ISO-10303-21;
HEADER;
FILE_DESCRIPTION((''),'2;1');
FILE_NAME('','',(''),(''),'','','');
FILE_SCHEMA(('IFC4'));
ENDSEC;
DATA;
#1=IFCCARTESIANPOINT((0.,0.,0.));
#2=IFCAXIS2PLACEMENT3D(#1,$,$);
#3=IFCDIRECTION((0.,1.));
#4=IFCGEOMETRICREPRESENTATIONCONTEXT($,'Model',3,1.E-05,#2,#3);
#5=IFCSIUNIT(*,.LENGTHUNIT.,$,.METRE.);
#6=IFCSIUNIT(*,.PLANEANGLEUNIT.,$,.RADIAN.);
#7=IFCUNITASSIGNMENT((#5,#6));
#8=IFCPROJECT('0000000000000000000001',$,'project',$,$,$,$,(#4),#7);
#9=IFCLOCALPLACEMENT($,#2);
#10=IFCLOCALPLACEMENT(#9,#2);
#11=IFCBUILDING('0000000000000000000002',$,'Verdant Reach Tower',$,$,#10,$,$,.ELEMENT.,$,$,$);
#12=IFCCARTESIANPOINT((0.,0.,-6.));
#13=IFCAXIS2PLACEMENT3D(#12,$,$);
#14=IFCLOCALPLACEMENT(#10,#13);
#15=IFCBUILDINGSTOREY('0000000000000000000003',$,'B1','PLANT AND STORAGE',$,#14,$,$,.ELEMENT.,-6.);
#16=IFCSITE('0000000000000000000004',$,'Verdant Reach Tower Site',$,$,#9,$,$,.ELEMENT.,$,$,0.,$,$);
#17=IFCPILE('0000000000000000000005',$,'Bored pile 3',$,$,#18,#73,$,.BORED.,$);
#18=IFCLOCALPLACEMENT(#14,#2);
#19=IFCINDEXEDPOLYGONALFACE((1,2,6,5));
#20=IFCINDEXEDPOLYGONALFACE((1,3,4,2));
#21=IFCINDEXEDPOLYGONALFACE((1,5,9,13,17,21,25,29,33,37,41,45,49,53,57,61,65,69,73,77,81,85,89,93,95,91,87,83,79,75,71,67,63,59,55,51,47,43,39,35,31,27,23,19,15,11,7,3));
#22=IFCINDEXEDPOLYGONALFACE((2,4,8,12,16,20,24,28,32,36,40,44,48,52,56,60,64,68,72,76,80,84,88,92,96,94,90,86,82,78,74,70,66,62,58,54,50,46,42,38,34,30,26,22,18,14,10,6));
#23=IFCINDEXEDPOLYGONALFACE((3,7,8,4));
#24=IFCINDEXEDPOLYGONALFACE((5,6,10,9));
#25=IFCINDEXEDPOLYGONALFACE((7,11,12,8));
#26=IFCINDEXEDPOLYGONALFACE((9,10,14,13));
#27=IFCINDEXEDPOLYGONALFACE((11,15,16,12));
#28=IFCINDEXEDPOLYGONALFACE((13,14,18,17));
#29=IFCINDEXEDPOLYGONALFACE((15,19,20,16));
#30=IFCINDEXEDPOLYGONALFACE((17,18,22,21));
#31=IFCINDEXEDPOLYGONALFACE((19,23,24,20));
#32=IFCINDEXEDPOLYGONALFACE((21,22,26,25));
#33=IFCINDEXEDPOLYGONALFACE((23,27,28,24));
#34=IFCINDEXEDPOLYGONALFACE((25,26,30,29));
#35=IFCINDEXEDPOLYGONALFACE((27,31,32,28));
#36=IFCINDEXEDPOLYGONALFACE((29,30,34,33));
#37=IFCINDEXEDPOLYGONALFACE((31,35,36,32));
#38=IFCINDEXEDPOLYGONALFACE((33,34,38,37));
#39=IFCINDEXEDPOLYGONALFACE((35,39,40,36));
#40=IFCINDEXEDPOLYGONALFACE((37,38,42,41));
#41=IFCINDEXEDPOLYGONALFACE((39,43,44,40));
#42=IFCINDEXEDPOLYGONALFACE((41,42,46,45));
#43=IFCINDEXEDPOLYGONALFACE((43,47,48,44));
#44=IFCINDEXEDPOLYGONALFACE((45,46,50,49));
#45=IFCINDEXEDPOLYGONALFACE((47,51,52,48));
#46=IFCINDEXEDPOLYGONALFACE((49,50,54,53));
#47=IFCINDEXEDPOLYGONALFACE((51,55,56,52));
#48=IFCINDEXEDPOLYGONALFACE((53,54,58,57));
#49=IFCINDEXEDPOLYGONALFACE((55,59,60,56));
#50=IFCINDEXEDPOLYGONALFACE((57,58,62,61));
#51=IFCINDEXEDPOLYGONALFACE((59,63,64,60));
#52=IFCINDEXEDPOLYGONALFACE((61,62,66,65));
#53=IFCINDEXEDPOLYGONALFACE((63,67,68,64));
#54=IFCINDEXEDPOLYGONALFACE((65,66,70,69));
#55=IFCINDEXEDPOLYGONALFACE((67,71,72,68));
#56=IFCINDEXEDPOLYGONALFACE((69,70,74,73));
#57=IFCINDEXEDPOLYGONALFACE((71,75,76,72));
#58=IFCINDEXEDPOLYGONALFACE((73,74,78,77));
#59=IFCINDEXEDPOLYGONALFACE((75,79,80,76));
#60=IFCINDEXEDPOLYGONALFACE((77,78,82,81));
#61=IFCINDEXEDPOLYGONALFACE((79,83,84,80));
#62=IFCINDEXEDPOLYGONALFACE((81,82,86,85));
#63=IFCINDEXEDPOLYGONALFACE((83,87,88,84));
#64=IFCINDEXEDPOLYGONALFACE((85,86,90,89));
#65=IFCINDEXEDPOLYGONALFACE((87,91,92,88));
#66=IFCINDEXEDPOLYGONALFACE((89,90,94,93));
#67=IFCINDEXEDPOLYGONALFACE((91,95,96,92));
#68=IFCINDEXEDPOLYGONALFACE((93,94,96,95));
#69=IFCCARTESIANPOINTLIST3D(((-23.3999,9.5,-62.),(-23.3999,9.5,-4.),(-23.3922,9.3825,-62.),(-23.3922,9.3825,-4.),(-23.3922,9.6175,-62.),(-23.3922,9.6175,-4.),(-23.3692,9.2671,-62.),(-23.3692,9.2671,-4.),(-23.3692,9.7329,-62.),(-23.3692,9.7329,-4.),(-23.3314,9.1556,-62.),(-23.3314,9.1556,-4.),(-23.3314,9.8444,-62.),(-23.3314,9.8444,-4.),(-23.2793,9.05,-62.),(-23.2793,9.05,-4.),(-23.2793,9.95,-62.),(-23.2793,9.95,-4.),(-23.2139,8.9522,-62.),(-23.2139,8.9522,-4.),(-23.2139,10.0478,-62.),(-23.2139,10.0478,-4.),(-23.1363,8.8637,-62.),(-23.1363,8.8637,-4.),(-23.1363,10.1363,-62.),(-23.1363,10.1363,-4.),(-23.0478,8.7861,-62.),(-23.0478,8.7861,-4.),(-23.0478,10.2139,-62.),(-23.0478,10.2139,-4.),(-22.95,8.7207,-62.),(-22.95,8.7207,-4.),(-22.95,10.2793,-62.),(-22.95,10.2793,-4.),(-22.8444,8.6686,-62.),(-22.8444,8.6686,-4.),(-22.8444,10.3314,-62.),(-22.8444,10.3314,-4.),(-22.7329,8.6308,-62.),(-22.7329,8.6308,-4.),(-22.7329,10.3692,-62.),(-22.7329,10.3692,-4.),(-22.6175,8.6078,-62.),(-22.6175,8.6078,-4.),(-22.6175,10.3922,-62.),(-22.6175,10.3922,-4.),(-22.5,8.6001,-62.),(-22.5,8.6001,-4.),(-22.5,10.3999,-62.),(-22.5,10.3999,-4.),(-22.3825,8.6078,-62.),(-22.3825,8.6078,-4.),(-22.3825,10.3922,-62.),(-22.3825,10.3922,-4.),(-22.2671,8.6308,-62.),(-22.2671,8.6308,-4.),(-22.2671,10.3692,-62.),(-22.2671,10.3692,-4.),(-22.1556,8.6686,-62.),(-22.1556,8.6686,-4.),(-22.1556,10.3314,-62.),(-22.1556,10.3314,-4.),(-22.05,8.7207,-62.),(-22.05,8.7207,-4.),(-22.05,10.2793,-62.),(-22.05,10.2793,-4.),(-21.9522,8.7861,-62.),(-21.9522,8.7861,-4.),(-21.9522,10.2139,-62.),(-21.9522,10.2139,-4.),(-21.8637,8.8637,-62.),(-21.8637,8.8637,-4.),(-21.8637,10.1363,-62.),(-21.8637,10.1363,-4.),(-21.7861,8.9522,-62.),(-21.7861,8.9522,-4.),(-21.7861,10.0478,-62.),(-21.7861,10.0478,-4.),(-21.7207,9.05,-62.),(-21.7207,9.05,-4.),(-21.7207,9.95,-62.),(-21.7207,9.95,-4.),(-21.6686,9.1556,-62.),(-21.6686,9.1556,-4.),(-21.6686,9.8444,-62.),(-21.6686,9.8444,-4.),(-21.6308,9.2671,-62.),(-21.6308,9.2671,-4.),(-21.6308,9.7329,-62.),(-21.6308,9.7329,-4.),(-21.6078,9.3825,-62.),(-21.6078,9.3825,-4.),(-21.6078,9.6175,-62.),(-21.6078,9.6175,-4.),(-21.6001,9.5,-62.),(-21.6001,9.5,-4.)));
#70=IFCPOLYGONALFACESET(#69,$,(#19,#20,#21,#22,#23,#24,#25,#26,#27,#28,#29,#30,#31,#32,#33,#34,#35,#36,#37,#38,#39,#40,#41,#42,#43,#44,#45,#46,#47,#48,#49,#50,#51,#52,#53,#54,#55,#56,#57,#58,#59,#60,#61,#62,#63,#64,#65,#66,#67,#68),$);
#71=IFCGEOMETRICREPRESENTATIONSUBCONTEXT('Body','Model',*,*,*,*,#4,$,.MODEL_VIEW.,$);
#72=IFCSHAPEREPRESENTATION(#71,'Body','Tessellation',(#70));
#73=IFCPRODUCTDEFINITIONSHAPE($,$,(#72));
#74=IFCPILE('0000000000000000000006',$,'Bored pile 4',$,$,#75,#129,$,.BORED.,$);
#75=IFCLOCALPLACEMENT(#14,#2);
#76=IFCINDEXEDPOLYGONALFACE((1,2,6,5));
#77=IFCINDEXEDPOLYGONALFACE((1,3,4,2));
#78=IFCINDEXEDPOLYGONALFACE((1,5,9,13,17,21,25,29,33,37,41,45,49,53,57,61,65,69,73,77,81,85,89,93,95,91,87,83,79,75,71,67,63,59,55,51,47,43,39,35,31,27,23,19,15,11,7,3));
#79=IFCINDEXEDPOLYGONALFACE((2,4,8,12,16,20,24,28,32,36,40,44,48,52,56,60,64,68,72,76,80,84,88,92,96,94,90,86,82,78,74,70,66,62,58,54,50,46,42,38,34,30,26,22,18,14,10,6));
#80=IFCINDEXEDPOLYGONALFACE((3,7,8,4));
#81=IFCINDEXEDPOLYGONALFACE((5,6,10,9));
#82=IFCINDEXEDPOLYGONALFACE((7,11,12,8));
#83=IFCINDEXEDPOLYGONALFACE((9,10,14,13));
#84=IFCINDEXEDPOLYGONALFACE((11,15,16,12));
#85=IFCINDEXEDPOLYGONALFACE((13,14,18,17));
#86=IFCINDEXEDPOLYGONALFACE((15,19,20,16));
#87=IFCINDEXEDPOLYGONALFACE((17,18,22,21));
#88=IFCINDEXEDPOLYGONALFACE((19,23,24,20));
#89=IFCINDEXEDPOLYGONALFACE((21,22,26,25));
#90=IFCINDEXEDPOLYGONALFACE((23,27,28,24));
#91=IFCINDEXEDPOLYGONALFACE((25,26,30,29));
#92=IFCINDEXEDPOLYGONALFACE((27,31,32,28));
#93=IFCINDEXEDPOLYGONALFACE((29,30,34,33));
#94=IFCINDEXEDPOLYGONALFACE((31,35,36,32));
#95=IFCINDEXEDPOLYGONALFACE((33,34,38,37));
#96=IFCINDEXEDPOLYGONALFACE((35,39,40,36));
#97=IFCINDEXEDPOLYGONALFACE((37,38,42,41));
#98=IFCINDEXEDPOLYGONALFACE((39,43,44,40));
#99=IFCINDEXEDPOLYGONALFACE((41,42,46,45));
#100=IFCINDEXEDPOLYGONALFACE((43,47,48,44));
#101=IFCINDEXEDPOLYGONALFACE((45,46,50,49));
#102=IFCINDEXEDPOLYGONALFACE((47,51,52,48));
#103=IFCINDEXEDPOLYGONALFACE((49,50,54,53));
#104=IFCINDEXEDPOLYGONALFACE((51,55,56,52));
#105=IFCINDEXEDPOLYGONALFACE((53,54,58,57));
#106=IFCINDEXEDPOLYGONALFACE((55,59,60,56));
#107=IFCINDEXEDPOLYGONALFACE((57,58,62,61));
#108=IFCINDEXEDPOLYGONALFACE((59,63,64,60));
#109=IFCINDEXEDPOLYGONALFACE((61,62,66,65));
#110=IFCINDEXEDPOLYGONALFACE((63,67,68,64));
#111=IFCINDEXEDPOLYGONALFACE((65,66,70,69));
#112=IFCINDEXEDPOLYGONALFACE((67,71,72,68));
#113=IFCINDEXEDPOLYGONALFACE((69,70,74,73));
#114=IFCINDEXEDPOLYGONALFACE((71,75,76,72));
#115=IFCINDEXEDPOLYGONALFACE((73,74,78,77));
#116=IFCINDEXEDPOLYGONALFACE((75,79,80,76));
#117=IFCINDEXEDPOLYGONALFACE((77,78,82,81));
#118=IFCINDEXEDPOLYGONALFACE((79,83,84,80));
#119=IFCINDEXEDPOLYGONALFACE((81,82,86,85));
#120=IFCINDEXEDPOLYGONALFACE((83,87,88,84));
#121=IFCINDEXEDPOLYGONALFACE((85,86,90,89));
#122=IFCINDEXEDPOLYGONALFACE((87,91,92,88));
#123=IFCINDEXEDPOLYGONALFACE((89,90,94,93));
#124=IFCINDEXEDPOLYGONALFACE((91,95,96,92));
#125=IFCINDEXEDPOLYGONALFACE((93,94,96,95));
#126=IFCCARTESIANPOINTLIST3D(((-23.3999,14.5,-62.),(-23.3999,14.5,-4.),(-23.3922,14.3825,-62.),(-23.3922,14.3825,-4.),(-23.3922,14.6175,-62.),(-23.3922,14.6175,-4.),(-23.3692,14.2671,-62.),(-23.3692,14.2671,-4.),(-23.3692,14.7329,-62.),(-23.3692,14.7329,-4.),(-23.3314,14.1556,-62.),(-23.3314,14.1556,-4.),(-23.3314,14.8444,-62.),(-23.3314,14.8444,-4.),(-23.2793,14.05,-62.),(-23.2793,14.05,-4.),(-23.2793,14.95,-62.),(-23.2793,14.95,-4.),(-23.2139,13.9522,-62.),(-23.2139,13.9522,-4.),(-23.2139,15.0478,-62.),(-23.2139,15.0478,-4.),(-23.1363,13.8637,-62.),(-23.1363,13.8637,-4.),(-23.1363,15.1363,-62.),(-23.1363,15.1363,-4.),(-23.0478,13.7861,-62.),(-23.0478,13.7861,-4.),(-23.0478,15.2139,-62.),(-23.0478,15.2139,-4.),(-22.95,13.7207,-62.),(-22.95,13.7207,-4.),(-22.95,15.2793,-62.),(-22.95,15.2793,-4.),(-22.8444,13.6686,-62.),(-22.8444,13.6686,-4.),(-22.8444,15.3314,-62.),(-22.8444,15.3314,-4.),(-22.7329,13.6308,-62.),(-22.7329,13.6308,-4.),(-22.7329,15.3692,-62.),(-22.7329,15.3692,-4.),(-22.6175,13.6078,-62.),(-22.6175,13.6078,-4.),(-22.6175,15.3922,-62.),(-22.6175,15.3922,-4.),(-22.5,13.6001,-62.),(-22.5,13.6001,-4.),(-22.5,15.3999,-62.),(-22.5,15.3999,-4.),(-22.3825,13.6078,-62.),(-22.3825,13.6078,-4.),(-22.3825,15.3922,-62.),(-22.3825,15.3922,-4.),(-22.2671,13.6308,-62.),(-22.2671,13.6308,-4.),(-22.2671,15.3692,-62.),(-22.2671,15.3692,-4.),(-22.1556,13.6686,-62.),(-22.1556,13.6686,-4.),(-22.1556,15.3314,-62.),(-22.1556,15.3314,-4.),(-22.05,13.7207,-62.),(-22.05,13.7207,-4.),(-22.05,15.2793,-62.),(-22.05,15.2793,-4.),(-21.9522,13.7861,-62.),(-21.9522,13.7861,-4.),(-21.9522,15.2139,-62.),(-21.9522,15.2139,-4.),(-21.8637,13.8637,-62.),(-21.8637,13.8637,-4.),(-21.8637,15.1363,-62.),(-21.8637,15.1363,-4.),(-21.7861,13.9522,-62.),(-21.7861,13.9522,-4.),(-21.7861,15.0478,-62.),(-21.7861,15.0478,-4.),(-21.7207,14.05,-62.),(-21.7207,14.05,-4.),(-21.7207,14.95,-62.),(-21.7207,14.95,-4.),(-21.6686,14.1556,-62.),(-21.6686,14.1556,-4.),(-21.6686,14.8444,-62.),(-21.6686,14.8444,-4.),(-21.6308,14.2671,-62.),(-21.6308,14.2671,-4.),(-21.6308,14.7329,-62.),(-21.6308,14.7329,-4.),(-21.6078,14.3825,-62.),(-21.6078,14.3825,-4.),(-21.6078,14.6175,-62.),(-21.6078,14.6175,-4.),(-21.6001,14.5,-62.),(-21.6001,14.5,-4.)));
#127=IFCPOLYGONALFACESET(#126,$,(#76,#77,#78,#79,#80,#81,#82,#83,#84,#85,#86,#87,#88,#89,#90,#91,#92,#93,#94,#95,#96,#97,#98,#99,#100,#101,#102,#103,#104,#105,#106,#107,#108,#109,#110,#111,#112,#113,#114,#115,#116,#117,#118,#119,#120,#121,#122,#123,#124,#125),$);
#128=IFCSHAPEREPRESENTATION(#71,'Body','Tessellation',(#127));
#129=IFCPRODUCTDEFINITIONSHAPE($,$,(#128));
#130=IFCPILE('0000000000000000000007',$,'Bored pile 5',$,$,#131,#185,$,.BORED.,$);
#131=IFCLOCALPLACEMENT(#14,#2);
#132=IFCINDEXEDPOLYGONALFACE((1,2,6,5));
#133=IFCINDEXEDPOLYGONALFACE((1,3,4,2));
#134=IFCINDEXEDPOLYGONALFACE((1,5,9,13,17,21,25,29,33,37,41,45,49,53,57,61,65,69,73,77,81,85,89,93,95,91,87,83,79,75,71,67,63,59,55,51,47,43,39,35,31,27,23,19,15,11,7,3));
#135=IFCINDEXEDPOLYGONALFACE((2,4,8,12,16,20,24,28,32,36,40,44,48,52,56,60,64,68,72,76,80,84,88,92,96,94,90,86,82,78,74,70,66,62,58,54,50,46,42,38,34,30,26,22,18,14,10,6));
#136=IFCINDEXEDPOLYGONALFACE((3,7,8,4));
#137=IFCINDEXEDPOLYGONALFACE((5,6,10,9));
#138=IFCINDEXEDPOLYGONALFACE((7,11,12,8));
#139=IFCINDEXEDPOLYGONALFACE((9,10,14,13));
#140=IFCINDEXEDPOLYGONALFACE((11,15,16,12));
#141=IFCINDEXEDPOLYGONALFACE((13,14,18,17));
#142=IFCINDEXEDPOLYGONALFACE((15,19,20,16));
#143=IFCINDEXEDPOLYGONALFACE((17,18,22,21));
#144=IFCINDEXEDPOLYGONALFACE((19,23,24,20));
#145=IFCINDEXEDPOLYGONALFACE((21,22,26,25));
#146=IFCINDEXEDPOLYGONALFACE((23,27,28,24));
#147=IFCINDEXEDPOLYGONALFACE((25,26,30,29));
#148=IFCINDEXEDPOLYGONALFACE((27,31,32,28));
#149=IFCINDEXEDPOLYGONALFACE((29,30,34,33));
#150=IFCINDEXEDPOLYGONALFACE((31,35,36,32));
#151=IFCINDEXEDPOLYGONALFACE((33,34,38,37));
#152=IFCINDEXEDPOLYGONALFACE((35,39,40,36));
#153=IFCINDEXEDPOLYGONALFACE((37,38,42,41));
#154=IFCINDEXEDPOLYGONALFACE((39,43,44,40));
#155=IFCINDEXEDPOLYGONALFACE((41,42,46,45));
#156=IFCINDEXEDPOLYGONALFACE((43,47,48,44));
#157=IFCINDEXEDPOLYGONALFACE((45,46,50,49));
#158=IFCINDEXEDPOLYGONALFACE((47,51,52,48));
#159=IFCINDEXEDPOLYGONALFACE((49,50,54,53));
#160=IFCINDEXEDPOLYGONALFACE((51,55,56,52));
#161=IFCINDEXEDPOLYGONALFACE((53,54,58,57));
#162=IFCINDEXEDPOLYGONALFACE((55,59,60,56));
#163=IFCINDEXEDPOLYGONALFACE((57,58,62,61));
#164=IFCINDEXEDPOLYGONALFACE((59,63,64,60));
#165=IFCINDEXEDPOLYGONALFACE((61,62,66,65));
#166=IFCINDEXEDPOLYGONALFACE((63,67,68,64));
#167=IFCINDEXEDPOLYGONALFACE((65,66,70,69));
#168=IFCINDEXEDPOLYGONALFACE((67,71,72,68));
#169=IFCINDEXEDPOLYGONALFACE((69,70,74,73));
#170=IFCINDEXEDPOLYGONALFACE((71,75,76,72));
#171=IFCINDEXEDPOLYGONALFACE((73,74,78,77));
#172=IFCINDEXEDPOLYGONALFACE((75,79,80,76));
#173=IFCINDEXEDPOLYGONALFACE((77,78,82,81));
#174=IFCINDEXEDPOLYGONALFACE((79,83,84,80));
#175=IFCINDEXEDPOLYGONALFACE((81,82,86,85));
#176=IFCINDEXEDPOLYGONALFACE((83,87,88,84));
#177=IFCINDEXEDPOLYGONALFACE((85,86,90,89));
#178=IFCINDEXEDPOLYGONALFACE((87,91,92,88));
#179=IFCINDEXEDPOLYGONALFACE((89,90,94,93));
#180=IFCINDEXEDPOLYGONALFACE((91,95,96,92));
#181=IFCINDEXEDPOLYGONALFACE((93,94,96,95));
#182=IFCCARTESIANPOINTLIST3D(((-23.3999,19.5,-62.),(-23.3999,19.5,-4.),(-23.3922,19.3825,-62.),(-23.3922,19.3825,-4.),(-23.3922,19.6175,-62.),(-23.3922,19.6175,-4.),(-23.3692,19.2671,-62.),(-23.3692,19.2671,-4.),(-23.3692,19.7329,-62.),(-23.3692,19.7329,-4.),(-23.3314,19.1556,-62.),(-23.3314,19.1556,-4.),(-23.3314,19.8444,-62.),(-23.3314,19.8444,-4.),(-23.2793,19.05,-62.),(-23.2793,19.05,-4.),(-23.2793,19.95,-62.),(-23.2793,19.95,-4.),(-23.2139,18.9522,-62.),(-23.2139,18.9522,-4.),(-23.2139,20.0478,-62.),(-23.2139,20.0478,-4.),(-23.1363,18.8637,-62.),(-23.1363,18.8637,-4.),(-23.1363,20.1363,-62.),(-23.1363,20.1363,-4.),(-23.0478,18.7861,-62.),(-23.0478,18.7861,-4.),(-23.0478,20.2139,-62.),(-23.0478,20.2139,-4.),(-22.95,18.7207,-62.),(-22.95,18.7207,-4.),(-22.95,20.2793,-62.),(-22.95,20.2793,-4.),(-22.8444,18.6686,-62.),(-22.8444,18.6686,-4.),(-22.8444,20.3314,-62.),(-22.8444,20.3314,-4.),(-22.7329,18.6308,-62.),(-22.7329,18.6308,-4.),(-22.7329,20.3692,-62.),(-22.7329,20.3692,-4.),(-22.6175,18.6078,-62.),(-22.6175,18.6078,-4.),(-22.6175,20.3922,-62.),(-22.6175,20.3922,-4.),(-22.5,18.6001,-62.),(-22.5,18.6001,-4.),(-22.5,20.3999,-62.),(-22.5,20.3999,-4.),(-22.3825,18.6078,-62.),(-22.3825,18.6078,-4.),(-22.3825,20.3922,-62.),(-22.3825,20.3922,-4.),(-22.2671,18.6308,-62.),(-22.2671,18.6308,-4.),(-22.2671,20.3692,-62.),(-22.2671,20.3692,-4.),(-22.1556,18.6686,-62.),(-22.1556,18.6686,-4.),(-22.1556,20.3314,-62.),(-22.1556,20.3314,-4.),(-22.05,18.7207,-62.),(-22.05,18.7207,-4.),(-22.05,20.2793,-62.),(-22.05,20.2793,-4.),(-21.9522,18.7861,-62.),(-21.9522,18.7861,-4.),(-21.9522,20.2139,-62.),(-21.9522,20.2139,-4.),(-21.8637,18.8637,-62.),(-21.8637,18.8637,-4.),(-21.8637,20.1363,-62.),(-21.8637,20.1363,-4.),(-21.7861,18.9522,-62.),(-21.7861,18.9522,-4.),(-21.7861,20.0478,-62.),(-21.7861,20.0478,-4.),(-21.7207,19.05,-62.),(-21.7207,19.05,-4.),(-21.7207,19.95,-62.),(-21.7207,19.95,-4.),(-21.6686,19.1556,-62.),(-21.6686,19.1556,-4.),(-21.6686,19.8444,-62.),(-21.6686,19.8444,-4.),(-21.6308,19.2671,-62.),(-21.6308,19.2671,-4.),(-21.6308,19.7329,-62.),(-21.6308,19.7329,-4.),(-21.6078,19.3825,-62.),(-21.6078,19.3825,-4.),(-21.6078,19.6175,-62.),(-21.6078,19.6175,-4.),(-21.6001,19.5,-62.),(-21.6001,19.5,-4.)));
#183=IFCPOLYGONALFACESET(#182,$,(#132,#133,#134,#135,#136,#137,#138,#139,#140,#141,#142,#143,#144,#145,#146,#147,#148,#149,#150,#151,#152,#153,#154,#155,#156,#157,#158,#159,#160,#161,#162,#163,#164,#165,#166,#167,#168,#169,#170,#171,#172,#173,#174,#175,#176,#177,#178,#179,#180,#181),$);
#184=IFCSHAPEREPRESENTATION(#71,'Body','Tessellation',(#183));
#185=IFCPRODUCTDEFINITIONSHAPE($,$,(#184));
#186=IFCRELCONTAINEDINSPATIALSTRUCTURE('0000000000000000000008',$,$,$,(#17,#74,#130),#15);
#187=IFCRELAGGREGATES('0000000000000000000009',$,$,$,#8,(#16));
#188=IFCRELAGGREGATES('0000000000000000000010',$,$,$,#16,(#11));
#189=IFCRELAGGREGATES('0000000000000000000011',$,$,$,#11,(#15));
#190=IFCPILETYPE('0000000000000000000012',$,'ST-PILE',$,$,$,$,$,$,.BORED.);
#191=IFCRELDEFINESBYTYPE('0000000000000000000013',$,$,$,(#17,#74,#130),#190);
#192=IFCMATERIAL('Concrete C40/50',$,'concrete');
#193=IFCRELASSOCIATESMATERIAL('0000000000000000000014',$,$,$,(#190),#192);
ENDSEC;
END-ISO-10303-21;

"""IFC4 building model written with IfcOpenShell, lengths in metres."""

from ifc_helpers import new_model, si_unit, direction, frame, origin, origin_2d, place, context, subcontext, project, spatial, circle, extrude, material, material_profile, profile_set, type_object, element, save


model = new_model("IFC4")

# Units and contexts
model_context = context("Model", 3, precision=1e-05, world=origin(), true_north=direction((0.0, 1.0)))
body_context = subcontext(model_context, "Body", "Model", "MODEL_VIEW")
ifc_project = project(units=[si_unit("LENGTHUNIT", "METRE"), si_unit("PLANEANGLEUNIT", "RADIAN")], contexts=[model_context])

# Site, building, storey
site_placement = place(None, origin())
site = spatial("IfcSite", under=ifc_project, at=site_placement, Name="Verdant Reach Tower Site", CompositionType="ELEMENT", RefElevation=0.0)
building_placement = place(site_placement, origin())
building = spatial("IfcBuilding", under=site, at=building_placement, Name="Verdant Reach Tower", CompositionType="ELEMENT")
storey_placement = place(building_placement, frame((0.0, 0.0, -6.0)))
storey = spatial("IfcBuildingStorey", under=building, at=storey_placement, Name="B1", Description="PLANT AND STORAGE", CompositionType="ELEMENT", Elevation=-6.0)

# Piles
ifc_material_1 = material(Name="Concrete C40/50", Category="concrete")
ifc_material_profile_1 = material_profile(ifc_material_1, circle(Radius=0.8999, at=origin_2d()), Name="BP 1800")
ifc_profile_set_1 = profile_set([ifc_material_profile_1], Name="Concrete C40/50")
pile_type = type_object("IfcPileType", Name="ST-PILE", PredefinedType="BORED", material=ifc_profile_set_1)
for number, where, z_axis, x_axis, name in (
    (1, (-22.5, 9.5, -4.0), (0.0, 0.0, -1.0), (1.0, 0.0, 0.0), "Bored pile 3"),
    (2, (-22.5, 14.5, -4.0), (0.0, 0.0, -1.0), (1.0, 0.0, 0.0), "Bored pile 4"),
    (3, (-22.5, 19.5, -4.0), (0.0, 0.0, -1.0), (1.0, 0.0, 0.0), "Bored pile 5"),
):
    element("IfcPile", number, at=place(storey_placement, frame(where, z_axis=z_axis, x_axis=x_axis)), inside=storey, type_object=pile_type, Name=name, PredefinedType="BORED", context=body_context, shape_type="SweptSolid", body=[
        extrude(circle(Radius=0.8999, at=origin_2d()), origin(), (0.0, 0.0, 1.0), 58.0),
    ])

save(model, "model.ifc")
